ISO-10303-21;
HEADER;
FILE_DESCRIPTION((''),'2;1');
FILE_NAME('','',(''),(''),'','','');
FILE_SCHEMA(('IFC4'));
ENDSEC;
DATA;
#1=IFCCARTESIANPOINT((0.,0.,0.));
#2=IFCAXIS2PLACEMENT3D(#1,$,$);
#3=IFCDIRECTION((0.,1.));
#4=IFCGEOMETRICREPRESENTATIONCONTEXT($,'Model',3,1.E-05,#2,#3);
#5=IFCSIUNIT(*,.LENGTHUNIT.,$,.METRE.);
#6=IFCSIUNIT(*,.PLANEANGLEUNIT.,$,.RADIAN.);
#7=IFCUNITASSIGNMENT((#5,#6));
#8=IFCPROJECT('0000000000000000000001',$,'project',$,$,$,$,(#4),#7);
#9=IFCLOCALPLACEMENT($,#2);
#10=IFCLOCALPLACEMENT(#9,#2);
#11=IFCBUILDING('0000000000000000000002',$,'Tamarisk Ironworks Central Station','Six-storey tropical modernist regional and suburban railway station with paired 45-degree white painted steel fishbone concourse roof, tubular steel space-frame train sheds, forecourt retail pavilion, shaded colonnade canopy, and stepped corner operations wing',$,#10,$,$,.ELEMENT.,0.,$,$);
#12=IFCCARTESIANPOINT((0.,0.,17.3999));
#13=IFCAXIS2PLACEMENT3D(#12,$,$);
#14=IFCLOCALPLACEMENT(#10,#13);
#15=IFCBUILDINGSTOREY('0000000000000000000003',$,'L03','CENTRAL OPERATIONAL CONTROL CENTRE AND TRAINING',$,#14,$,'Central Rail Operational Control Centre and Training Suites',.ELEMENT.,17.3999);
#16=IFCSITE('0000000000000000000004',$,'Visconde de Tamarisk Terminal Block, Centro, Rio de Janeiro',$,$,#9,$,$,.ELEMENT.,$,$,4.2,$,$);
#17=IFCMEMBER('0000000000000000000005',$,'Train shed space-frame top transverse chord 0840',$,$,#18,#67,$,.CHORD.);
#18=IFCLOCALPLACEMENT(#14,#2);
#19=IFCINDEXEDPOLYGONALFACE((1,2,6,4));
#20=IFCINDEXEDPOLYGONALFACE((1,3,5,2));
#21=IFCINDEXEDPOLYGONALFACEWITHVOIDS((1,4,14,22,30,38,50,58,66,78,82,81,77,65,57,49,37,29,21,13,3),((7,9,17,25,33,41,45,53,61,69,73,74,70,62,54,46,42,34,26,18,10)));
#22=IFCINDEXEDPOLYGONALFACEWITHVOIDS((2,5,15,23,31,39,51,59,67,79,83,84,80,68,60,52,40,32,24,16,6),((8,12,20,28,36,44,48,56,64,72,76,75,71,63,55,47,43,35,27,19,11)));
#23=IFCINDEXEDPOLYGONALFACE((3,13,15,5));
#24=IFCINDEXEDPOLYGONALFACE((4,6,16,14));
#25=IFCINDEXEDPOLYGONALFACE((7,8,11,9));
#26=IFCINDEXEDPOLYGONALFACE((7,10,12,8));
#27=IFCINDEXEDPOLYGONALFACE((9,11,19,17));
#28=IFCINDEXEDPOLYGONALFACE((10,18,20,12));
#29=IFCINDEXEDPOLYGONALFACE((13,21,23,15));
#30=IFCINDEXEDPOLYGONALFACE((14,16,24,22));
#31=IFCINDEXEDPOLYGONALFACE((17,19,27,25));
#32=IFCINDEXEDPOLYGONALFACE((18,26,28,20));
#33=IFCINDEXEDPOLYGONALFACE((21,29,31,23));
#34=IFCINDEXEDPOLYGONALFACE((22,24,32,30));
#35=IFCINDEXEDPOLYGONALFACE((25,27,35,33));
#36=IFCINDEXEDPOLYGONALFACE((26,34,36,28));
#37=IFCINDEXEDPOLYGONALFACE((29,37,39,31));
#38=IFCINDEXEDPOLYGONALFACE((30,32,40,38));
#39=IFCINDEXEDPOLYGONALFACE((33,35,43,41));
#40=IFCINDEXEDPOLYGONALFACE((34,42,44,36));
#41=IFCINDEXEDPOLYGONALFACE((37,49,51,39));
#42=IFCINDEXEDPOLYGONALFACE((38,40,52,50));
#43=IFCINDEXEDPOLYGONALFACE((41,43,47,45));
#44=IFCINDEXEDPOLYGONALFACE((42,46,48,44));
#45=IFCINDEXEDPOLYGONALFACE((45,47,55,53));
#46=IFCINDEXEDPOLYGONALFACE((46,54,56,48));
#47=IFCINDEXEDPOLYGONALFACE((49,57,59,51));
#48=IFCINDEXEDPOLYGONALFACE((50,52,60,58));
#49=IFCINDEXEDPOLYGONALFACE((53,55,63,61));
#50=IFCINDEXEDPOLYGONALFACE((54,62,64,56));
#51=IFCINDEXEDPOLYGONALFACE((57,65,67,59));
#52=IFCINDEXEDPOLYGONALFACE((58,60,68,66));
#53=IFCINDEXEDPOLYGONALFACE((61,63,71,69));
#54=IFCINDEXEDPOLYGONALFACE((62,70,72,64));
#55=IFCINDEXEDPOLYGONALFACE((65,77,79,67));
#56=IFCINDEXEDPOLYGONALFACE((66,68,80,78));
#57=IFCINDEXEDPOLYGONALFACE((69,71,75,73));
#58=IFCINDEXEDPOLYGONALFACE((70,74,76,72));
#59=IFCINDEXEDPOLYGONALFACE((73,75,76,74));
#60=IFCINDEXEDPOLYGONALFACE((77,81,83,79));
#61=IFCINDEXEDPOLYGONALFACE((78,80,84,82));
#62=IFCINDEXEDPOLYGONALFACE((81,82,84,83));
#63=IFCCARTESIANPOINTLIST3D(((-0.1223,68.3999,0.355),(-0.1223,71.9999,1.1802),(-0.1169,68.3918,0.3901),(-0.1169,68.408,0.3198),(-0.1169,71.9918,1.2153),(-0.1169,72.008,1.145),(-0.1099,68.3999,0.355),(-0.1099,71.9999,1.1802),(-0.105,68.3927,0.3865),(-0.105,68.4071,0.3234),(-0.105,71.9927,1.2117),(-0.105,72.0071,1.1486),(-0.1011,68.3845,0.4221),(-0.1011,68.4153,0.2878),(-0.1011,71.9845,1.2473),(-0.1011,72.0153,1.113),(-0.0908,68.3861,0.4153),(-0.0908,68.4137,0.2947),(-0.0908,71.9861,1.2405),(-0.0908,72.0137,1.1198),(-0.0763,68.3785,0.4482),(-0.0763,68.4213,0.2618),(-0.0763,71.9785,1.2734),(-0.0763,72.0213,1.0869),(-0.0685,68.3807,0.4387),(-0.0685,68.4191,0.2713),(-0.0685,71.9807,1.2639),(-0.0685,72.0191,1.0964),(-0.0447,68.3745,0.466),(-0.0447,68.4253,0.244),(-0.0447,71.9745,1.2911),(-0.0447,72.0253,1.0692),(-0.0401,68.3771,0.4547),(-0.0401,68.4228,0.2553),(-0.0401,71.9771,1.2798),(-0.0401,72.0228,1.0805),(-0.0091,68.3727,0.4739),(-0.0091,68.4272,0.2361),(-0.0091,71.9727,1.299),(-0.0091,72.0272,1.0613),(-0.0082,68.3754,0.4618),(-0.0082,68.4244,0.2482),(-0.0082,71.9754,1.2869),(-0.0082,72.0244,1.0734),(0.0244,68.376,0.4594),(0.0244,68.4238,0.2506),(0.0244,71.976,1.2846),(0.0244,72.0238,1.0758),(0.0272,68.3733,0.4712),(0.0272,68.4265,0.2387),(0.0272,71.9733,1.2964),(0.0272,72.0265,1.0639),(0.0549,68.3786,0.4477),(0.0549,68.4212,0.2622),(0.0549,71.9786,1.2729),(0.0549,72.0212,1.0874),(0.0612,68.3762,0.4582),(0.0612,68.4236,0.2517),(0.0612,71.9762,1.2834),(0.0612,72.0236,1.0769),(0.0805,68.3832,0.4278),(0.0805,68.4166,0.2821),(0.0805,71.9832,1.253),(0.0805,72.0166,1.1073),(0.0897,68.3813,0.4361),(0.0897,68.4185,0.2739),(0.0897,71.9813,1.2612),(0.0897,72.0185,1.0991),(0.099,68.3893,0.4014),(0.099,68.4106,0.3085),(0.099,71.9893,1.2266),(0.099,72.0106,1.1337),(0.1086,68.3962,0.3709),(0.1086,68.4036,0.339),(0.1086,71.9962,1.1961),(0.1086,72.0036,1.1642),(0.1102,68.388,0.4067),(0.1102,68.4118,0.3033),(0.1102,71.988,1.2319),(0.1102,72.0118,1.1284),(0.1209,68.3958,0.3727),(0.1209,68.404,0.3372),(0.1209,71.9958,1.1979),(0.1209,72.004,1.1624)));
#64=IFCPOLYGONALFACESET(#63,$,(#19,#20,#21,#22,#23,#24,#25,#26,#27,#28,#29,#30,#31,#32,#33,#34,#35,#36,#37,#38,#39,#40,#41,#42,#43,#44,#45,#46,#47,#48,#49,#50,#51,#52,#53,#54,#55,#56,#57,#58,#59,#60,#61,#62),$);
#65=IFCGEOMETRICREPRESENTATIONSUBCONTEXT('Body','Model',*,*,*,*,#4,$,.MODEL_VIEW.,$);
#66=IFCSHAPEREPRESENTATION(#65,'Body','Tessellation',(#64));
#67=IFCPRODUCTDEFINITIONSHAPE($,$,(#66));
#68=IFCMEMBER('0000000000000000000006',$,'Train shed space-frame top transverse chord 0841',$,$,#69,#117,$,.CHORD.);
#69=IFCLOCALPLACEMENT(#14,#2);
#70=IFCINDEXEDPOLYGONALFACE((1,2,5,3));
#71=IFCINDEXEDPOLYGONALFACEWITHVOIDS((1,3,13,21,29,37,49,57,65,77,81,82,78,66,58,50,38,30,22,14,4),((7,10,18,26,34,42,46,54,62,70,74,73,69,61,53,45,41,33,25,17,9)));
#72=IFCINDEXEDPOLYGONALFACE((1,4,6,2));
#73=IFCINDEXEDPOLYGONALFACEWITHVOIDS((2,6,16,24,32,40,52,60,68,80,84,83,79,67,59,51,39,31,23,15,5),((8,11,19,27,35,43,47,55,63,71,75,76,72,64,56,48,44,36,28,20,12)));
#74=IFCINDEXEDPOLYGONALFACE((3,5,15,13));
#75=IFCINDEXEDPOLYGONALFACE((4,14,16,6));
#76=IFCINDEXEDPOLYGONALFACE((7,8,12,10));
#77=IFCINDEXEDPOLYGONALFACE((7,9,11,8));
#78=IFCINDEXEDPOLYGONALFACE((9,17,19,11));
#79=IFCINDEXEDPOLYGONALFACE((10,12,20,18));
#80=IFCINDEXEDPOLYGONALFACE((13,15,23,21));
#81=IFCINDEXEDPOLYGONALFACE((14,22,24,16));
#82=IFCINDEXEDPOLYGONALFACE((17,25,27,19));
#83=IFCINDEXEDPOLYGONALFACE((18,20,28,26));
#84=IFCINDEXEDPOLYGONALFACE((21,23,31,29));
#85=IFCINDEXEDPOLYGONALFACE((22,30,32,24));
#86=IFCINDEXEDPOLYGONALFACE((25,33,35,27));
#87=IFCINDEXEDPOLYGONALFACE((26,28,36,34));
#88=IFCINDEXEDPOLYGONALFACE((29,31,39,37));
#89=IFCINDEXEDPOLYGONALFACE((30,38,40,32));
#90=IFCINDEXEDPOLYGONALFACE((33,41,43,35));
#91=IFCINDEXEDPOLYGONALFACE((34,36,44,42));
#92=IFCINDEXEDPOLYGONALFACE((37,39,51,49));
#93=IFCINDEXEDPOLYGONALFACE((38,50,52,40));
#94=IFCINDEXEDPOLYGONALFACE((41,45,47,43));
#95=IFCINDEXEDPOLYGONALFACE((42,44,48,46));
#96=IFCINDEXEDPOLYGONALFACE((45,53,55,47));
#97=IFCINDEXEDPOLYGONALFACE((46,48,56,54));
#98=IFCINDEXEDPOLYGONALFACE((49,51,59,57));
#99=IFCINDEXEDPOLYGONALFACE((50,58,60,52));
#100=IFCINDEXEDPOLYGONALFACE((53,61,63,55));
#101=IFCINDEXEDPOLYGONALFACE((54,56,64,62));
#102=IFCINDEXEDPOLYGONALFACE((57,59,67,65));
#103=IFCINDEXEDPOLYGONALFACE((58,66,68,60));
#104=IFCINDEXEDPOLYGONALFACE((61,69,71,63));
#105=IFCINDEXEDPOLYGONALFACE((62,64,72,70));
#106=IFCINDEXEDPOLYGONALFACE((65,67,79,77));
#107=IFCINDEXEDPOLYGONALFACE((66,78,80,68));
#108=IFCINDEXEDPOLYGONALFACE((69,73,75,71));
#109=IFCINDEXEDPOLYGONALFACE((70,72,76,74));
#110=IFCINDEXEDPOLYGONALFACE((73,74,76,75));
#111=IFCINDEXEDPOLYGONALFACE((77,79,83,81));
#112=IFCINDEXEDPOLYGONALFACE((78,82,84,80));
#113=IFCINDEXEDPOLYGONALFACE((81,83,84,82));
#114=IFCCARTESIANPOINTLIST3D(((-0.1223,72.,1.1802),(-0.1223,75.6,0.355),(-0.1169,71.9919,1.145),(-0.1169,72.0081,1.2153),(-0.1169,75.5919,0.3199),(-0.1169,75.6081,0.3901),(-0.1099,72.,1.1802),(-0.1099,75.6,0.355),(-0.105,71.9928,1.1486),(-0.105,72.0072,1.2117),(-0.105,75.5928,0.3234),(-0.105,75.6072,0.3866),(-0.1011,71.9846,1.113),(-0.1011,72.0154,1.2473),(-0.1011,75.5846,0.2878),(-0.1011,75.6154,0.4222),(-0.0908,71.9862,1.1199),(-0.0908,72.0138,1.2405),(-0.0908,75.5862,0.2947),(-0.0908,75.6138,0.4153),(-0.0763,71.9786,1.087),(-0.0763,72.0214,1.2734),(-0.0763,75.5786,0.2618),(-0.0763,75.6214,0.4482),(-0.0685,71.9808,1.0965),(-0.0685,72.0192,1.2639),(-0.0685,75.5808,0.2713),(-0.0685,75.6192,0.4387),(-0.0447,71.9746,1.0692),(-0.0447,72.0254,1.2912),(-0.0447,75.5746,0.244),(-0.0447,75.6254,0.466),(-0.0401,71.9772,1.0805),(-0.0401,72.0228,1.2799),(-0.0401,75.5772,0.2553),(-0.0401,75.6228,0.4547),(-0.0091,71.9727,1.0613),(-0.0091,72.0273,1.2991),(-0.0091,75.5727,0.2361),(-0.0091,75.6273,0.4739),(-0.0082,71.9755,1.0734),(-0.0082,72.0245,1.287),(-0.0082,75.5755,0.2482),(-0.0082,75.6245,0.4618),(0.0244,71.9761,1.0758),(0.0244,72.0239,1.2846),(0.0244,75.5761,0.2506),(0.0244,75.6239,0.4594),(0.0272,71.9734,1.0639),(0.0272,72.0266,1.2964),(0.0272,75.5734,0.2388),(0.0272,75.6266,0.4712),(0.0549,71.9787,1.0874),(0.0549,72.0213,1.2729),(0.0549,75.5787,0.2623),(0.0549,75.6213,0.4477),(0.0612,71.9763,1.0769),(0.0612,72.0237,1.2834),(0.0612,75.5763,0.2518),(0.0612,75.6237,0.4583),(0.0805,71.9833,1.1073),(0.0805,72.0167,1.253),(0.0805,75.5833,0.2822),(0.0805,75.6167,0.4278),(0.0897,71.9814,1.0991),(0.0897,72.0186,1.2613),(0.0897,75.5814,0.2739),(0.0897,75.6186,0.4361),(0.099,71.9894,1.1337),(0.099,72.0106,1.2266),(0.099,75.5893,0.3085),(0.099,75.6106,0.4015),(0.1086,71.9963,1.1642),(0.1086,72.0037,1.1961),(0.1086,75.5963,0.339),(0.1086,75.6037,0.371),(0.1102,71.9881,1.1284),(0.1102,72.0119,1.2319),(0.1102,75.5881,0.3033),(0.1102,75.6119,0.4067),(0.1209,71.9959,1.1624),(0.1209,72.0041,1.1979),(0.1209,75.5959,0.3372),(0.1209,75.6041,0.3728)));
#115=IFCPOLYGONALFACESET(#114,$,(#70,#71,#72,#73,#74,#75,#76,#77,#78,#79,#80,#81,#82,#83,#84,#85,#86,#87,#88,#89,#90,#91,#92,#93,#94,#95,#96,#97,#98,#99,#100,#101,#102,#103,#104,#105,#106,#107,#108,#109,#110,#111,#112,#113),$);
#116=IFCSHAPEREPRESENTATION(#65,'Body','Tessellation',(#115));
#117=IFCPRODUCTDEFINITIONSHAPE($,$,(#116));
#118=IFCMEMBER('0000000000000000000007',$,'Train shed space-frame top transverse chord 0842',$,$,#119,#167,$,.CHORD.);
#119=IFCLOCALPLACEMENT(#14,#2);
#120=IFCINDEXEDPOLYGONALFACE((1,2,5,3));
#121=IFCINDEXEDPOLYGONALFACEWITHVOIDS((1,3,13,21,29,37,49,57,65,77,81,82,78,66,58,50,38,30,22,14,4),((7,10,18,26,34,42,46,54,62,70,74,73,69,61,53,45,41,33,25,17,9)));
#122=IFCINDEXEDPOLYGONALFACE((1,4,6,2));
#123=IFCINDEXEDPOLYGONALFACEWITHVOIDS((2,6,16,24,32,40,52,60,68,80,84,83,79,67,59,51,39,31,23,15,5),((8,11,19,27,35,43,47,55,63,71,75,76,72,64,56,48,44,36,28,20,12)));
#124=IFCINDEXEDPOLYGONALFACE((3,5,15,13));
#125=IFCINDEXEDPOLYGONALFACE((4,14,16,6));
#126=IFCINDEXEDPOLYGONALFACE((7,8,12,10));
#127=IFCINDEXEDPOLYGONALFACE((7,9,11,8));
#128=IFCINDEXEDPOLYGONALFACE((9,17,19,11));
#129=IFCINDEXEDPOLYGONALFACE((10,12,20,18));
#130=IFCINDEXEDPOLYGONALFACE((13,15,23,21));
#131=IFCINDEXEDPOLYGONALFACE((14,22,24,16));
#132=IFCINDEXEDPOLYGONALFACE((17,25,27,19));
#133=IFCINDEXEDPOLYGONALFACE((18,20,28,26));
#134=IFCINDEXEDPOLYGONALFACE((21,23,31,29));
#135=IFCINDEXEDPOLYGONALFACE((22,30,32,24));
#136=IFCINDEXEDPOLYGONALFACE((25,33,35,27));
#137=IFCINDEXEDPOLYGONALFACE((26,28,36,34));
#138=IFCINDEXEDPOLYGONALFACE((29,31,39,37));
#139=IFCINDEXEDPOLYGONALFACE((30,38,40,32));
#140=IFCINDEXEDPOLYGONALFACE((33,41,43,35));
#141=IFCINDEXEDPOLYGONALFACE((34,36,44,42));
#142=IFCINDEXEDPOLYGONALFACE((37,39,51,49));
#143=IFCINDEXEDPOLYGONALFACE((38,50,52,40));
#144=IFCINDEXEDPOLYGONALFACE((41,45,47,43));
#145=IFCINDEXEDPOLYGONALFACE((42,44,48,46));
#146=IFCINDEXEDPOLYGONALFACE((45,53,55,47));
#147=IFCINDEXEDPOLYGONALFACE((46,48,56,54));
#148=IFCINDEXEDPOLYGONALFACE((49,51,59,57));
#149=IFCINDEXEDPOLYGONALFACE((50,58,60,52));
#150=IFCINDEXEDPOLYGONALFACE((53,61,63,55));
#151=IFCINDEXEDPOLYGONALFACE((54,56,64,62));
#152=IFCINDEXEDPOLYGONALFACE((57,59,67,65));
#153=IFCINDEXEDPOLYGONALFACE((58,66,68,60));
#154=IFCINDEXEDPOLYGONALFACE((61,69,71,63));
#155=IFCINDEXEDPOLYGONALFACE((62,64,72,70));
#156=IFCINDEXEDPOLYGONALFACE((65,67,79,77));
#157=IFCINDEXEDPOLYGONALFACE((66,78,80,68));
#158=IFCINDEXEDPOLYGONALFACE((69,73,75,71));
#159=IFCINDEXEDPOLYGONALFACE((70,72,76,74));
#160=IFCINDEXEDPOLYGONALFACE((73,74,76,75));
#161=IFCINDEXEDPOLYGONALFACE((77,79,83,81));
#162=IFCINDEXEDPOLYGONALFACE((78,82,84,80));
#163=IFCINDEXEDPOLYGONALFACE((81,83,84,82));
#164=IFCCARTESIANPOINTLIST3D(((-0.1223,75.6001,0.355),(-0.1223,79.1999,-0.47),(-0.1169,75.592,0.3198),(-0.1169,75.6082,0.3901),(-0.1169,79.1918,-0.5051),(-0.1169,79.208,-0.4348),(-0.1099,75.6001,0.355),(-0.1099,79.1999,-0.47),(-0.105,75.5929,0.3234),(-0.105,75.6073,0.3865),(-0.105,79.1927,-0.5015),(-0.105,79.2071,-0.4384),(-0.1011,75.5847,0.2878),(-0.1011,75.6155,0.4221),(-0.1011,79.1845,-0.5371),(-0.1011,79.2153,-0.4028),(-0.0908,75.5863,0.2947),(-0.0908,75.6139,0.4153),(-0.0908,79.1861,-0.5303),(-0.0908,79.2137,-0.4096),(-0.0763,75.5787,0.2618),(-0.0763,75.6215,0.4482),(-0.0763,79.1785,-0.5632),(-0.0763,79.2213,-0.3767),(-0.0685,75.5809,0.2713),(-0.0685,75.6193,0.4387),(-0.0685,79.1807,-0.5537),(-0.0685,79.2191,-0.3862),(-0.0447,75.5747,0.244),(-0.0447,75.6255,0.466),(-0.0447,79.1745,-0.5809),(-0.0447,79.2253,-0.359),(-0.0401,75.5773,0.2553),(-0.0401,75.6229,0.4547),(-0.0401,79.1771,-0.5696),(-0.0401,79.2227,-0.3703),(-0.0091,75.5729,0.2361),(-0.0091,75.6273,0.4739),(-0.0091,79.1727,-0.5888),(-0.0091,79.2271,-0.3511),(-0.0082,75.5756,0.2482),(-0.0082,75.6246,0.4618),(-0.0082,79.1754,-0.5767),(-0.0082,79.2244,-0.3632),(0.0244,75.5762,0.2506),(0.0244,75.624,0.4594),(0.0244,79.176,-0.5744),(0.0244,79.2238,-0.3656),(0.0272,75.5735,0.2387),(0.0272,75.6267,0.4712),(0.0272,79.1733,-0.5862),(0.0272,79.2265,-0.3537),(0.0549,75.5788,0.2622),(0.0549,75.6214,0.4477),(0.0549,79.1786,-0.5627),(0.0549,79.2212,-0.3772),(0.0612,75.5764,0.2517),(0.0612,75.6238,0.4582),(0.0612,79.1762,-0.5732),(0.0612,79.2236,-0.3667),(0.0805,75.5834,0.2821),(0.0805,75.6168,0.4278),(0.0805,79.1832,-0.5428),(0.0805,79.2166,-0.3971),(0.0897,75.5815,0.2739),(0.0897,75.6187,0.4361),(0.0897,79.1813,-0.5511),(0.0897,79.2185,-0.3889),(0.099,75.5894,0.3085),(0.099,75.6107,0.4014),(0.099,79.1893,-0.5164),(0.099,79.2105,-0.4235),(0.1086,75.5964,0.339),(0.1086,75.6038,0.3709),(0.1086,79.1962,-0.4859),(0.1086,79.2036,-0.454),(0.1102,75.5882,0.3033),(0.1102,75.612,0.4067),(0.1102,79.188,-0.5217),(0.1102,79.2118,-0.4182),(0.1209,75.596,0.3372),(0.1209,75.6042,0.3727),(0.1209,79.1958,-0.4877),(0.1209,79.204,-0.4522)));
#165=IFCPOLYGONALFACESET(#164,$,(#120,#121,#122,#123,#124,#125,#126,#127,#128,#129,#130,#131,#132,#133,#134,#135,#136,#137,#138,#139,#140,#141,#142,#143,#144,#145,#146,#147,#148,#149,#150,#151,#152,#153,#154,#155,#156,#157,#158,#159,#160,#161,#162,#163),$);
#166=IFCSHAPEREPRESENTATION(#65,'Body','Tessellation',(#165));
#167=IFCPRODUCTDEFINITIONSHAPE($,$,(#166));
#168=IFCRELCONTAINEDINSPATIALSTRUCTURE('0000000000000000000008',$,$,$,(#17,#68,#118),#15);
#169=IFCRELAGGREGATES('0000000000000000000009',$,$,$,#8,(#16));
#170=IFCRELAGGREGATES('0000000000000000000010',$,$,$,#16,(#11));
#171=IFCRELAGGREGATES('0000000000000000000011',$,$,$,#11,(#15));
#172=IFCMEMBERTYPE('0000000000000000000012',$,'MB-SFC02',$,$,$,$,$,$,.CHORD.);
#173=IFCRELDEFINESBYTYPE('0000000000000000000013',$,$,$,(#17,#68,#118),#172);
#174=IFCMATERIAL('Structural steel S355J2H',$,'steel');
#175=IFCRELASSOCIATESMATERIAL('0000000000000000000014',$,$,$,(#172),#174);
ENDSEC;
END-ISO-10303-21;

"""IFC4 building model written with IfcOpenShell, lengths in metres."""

from ifc_helpers import new_model, si_unit, direction, frame, origin, origin_2d, place, context, subcontext, project, spatial, hollow_circle, extrude, material, material_profile, profile_set, type_object, element, save


model = new_model("IFC4")

# Units and contexts
model_context = context("Model", 3, precision=1e-05, world=origin(), true_north=direction((0.0, 1.0)))
body_context = subcontext(model_context, "Body", "Model", "MODEL_VIEW")
ifc_project = project(units=[si_unit("LENGTHUNIT", "METRE"), si_unit("PLANEANGLEUNIT", "RADIAN")], contexts=[model_context])

# Site, building, storey
site_placement = place(None, origin())
site = spatial("IfcSite", under=ifc_project, at=site_placement, Name="Visconde de Tamarisk Terminal Block, Centro, Rio de Janeiro", CompositionType="ELEMENT", RefElevation=4.2)
building_placement = place(site_placement, origin())
building = spatial("IfcBuilding", under=site, at=building_placement, Name="Tamarisk Ironworks Central Station", Description="Six-storey tropical modernist regional and suburban railway station with paired 45-degree white painted steel fishbone concourse roof, tubular steel space-frame train sheds, forecourt retail pavilion, shaded colonnade canopy, and stepped corner operations wing", CompositionType="ELEMENT", ElevationOfRefHeight=0.0)
storey_placement = place(building_placement, frame((0.0, 0.0, 17.3999)))
storey = spatial("IfcBuildingStorey", under=building, at=storey_placement, Name="L03", Description="CENTRAL OPERATIONAL CONTROL CENTRE AND TRAINING", LongName="Central Rail Operational Control Centre and Training Suites", CompositionType="ELEMENT", Elevation=17.3999)

# Members
ifc_material_1 = material(Name="Structural steel S355J2H", Category="steel")
ifc_material_profile_1 = material_profile(ifc_material_1, hollow_circle(Radius=0.1223, WallThickness=0.0125, at=origin_2d()), Name="CHS 244.5x12.5")
ifc_profile_set_1 = profile_set([ifc_material_profile_1], Name="Structural steel S355J2H")
member_type_1 = type_object("IfcMemberType", Name="MB-SFC02", PredefinedType="CHORD", material=ifc_profile_set_1)
for number, where, z_axis, x_axis, name in (
    (1, (0.0, 68.3999, 0.355), (0.0, 0.974722, 0.223421), (-1.0, 0.0, 0.0), "Train shed space-frame top transverse chord 0840"),
    (2, (0.0, 72.0, 1.1802), (0.0, 0.974722, -0.223421), (-1.0, 0.0, 0.0), "Train shed space-frame top transverse chord 0841"),
):
    element("IfcMember", number, at=place(storey_placement, frame(where, z_axis=z_axis, x_axis=x_axis)), inside=storey, type_object=member_type_1, Name=name, PredefinedType="CHORD", context=body_context, shape_type="SweptSolid", body=[
        extrude(hollow_circle(Radius=0.1223, WallThickness=0.0125, at=origin_2d()), origin(), (0.0, 0.0, 1.0), 3.6934),
    ])
member_1_placement = place(storey_placement, frame((0.0, 75.6001, 0.355), z_axis=(0.0, 0.974733, -0.223372), x_axis=(-1.0, 0.0, 0.0)))
element("IfcMember", 3, at=member_1_placement, inside=storey, type_object=member_type_1, Name="Train shed space-frame top transverse chord 0842", PredefinedType="CHORD", context=body_context, shape_type="SweptSolid", body=[
    extrude(hollow_circle(Radius=0.1223, WallThickness=0.0125, at=origin_2d()), origin(), (0.0, 0.0, 1.0), 3.6931),
])

save(model, "model.ifc")
